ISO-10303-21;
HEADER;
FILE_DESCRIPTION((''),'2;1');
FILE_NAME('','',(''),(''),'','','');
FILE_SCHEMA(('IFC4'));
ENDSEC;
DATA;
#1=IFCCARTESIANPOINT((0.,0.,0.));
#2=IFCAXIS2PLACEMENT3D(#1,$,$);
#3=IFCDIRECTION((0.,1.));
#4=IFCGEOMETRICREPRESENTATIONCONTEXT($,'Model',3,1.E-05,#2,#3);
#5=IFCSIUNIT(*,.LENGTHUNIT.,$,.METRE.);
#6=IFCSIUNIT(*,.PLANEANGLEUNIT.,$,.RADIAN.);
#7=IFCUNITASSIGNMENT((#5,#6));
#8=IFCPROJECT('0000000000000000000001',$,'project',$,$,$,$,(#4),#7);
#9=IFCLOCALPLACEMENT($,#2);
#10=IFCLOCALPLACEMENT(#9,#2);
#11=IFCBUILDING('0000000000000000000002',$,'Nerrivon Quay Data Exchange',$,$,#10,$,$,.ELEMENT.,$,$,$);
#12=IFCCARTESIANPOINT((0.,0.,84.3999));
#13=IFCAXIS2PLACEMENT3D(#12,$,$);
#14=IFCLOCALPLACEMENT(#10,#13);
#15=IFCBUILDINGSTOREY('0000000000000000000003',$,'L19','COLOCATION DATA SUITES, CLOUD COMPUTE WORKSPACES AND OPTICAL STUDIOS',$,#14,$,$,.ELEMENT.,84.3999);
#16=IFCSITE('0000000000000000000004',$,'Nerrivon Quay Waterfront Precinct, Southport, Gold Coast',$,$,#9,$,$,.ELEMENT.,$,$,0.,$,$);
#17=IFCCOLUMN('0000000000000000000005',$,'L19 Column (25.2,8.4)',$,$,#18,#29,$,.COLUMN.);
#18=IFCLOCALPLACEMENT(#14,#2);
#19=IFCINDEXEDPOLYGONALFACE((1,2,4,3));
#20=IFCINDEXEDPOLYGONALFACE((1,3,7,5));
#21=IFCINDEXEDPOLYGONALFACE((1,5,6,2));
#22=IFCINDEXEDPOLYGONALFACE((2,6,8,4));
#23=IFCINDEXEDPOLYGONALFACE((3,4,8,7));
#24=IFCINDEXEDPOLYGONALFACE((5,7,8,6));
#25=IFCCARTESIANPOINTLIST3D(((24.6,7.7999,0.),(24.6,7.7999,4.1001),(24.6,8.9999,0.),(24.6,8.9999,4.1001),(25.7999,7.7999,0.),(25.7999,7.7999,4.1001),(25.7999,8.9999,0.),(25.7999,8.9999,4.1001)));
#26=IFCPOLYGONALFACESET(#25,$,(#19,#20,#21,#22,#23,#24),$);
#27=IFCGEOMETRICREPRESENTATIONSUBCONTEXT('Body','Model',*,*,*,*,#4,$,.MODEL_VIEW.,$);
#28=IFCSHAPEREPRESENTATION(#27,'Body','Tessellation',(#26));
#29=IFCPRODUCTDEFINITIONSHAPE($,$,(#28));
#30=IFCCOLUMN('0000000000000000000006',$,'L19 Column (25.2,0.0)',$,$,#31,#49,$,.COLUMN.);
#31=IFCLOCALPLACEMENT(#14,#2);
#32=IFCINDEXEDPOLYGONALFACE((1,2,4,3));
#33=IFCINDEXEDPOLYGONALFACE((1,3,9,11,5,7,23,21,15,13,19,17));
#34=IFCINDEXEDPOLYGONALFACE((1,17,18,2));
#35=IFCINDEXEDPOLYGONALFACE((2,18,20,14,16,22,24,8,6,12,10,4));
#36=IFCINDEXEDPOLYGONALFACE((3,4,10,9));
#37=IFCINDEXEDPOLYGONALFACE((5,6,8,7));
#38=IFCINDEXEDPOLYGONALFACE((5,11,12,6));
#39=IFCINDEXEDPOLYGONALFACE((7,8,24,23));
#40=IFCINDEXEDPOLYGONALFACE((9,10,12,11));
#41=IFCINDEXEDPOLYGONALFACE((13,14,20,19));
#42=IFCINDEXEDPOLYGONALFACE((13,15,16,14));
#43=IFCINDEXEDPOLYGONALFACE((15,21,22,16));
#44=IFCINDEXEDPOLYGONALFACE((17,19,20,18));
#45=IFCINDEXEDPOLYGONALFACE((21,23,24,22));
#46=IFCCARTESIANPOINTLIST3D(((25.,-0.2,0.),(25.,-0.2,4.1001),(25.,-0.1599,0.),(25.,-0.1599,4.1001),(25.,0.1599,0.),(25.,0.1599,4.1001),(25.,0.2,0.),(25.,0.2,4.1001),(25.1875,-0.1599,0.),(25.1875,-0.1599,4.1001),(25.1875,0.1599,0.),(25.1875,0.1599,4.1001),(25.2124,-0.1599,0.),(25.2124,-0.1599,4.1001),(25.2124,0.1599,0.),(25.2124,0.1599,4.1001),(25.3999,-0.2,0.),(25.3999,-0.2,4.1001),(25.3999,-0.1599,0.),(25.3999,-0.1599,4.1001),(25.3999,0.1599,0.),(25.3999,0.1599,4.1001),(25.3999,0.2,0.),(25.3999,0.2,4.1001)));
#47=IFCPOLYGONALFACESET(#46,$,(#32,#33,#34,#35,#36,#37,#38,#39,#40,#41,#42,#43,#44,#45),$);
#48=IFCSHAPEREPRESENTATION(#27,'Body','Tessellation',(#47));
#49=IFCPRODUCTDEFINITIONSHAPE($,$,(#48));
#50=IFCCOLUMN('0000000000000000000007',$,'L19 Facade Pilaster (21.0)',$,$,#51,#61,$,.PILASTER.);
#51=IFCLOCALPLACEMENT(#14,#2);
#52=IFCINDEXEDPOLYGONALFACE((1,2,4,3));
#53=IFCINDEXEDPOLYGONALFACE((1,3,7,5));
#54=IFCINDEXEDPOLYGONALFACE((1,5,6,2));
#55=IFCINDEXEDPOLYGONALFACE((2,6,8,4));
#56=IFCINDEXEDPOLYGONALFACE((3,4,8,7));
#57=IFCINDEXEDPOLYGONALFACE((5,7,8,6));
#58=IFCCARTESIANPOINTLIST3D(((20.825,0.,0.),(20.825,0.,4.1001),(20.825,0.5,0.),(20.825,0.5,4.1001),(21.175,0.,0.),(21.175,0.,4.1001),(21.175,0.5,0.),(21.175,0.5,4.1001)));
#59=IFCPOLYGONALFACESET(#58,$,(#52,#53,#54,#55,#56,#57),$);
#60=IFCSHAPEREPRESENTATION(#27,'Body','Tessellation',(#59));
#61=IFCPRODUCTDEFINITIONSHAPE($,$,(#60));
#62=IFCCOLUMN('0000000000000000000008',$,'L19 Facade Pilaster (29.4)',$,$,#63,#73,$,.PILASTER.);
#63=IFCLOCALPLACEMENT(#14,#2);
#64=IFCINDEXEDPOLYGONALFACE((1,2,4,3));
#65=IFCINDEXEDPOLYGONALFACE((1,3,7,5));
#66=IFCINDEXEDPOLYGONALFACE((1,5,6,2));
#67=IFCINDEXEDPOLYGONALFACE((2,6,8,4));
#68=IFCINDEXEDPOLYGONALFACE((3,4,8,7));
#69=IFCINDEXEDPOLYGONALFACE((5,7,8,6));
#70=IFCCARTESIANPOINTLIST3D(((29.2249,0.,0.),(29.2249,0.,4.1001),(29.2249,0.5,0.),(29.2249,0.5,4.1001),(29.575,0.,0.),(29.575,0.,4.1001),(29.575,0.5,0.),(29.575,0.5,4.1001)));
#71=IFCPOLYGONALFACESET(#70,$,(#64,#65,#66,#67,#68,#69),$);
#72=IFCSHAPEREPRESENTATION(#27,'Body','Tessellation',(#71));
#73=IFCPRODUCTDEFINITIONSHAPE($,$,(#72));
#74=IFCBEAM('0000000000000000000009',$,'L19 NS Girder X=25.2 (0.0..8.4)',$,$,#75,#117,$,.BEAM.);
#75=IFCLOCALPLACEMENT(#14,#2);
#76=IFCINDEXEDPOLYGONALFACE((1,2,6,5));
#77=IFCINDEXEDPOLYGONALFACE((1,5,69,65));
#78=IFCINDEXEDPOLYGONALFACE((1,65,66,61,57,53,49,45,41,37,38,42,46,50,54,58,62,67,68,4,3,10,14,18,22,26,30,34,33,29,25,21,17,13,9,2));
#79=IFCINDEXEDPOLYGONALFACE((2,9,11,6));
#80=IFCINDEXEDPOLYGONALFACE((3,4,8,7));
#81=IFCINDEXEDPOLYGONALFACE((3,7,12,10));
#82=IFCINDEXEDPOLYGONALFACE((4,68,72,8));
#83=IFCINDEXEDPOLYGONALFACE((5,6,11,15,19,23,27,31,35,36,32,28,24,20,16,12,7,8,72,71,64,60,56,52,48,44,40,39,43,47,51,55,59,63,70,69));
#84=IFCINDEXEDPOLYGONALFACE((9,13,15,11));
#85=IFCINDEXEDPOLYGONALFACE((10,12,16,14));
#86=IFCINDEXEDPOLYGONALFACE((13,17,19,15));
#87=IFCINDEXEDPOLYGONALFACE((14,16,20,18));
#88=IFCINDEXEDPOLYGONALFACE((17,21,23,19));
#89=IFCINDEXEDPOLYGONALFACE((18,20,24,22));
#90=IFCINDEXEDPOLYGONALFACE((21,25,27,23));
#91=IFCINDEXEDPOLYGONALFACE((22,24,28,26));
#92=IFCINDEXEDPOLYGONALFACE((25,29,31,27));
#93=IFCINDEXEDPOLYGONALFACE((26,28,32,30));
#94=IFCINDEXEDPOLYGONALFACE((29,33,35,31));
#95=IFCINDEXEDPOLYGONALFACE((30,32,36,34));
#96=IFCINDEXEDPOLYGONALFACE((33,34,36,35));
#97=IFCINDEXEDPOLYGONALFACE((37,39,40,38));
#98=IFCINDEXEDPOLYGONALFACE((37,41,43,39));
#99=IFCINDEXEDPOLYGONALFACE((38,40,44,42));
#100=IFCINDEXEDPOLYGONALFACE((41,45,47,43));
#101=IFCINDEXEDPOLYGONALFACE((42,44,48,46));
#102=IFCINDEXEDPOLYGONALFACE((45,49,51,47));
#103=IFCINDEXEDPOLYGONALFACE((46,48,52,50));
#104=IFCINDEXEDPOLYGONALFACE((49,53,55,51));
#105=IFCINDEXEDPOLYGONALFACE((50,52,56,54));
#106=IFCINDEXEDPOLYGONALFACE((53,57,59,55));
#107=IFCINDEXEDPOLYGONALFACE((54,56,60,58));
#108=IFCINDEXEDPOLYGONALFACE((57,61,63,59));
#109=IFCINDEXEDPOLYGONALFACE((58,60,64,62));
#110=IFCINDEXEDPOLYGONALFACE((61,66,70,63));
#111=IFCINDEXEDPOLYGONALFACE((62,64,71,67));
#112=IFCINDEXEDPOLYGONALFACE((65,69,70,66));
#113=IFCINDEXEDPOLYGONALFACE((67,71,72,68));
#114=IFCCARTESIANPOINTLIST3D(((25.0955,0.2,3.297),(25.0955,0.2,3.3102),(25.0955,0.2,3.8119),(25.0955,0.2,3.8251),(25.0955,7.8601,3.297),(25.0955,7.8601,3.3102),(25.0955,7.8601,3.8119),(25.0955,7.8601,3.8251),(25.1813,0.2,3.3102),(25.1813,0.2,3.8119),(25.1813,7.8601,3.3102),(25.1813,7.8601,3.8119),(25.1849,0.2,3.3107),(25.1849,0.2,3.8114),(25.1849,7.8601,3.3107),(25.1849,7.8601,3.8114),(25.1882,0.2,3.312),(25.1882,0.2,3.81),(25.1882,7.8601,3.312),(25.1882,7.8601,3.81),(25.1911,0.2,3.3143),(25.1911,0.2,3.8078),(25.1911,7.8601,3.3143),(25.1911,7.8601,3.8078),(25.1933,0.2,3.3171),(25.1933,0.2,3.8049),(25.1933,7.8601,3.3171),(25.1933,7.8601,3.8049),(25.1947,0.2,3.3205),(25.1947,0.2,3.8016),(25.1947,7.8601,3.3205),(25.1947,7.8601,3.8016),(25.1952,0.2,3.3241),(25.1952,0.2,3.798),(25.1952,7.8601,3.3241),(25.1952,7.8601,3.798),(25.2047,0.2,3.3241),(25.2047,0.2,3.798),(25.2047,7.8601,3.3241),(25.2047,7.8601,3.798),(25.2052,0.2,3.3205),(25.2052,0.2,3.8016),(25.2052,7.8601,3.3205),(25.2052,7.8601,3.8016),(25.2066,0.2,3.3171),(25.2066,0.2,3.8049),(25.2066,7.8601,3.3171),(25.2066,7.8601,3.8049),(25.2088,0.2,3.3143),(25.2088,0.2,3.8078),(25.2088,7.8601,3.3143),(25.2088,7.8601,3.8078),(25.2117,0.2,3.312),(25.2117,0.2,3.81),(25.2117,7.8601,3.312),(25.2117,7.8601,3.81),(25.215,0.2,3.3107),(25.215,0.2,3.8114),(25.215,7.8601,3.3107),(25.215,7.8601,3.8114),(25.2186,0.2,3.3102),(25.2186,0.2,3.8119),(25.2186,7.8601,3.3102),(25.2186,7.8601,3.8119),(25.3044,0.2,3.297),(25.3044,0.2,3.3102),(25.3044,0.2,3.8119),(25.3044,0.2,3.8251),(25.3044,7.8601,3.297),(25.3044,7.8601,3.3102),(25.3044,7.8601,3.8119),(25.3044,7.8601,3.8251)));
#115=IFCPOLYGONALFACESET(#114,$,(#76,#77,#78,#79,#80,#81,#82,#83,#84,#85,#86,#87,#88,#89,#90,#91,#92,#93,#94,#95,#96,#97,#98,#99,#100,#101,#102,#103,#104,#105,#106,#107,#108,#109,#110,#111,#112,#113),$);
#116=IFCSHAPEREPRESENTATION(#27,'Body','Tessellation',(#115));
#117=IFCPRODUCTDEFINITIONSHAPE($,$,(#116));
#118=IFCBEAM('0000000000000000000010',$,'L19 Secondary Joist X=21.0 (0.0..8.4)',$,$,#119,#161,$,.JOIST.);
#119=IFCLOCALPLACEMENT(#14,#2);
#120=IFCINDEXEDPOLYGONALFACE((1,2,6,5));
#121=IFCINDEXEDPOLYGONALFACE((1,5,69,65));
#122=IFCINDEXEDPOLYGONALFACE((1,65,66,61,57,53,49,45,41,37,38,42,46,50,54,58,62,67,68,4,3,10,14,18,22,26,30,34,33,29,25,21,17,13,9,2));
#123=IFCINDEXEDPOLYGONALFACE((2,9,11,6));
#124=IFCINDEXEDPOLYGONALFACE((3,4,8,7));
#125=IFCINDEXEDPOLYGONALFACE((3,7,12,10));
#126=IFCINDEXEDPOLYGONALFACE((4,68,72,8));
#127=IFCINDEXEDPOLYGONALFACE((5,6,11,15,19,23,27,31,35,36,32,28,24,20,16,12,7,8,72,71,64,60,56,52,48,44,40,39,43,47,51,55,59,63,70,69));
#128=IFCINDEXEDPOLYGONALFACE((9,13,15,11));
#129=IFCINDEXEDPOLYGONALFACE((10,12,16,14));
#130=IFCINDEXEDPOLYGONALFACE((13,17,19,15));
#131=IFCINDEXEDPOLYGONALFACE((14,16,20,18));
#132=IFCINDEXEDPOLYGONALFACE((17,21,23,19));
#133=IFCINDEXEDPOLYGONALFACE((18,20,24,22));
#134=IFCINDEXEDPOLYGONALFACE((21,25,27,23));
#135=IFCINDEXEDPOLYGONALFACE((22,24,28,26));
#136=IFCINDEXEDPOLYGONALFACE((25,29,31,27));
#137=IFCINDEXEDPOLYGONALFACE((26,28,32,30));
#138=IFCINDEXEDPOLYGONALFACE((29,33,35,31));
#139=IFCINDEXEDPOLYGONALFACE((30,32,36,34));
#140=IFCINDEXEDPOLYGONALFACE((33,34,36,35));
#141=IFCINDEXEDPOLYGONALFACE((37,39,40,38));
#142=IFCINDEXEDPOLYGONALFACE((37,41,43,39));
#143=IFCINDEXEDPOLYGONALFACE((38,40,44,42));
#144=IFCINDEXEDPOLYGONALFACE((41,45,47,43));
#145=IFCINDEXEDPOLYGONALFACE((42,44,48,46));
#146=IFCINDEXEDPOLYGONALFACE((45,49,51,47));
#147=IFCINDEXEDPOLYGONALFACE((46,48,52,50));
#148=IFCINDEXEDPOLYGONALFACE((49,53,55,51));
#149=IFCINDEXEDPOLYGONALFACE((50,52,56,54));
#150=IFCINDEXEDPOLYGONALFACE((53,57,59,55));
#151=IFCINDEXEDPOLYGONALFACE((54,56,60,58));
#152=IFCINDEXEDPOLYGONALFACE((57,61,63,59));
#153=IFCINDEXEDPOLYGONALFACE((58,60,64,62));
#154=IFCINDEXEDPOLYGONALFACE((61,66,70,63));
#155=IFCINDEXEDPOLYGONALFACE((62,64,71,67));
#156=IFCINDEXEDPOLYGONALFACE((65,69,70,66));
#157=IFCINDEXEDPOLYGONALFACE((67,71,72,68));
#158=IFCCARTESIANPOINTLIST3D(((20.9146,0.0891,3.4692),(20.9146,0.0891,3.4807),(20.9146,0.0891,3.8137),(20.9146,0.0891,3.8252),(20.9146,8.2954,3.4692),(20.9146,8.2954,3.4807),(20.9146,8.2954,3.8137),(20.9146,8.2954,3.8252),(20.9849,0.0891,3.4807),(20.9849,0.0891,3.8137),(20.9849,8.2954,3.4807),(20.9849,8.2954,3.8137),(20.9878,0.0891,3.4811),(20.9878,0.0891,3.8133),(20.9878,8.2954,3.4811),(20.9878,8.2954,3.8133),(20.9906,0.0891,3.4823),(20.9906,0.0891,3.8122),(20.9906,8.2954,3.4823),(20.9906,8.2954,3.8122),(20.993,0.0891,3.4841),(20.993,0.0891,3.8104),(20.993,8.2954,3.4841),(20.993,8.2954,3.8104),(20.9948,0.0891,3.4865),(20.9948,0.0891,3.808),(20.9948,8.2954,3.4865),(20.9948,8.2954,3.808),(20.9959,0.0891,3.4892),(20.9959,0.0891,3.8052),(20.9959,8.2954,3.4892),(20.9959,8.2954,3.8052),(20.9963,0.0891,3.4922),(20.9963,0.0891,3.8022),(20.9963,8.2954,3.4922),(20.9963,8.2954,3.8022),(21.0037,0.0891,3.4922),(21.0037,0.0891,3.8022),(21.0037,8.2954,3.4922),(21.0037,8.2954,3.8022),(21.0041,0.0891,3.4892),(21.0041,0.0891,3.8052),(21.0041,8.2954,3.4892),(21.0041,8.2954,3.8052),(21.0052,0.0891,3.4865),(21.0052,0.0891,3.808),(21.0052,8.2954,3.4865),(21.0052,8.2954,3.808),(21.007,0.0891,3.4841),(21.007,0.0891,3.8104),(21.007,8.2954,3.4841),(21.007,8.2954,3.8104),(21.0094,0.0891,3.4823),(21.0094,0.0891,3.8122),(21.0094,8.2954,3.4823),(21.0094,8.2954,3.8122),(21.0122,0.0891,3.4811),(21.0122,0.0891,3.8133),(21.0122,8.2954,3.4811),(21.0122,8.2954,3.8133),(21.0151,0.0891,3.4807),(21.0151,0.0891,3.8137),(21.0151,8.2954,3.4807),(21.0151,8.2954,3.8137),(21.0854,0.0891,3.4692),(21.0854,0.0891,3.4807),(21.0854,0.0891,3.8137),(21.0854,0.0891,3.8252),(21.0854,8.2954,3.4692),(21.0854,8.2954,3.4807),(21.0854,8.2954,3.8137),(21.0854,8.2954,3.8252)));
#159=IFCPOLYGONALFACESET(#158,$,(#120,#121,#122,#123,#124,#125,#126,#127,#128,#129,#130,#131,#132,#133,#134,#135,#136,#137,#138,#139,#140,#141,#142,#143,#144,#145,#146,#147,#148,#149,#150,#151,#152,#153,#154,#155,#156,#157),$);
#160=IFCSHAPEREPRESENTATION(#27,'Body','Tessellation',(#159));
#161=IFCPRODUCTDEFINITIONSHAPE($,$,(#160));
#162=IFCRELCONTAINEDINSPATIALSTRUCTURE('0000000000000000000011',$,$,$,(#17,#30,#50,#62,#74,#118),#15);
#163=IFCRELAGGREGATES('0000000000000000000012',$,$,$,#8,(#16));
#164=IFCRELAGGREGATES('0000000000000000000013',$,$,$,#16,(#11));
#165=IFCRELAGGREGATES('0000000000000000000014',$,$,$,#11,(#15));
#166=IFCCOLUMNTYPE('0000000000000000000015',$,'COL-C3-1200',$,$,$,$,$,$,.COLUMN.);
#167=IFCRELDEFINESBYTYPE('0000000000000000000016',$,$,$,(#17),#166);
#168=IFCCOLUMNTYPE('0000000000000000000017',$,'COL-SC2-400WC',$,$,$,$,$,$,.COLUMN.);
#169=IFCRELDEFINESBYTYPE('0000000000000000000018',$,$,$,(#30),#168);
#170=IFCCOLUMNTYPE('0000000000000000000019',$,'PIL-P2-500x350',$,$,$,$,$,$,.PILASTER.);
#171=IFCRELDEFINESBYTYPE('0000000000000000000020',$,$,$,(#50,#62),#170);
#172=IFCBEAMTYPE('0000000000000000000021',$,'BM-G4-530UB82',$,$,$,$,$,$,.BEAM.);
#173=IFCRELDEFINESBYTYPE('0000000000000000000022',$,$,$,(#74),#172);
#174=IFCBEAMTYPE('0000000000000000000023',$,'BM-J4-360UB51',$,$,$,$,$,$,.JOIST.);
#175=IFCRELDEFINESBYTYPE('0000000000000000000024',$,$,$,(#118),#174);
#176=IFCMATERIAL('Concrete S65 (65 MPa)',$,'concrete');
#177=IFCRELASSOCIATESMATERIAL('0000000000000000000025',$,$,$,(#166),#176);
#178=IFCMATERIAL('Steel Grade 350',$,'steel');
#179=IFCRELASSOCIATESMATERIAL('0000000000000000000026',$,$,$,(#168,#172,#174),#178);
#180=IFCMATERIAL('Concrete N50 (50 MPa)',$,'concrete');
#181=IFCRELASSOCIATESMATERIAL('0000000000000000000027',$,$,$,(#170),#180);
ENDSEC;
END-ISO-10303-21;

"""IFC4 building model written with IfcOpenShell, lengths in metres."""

from ifc_helpers import new_model, si_unit, direction, frame, origin, origin_2d, place, context, subcontext, project, spatial, rectangle, i_section, extrude, material, material_profile, profile_set, type_object, element, save


model = new_model("IFC4")

# Units and contexts
model_context = context("Model", 3, precision=1e-05, world=origin(), true_north=direction((0.0, 1.0)))
body_context = subcontext(model_context, "Body", "Model", "MODEL_VIEW")
ifc_project = project(units=[si_unit("LENGTHUNIT", "METRE"), si_unit("PLANEANGLEUNIT", "RADIAN")], contexts=[model_context])

# Site, building, storey
site_placement = place(None, origin())
site = spatial("IfcSite", under=ifc_project, at=site_placement, Name="Nerrivon Quay Waterfront Precinct, Southport, Gold Coast", CompositionType="ELEMENT", RefElevation=0.0)
building_placement = place(site_placement, origin())
building = spatial("IfcBuilding", under=site, at=building_placement, Name="Nerrivon Quay Data Exchange", CompositionType="ELEMENT")
storey_placement = place(building_placement, frame((0.0, 0.0, 84.3999)))
storey = spatial("IfcBuildingStorey", under=building, at=storey_placement, Name="L19", Description="COLOCATION DATA SUITES, CLOUD COMPUTE WORKSPACES AND OPTICAL STUDIOS", CompositionType="ELEMENT", Elevation=84.3999)

# Columns
ifc_material_1 = material(Name="Concrete S65 (65 MPa)", Category="concrete")
ifc_material_profile_1 = material_profile(ifc_material_1, rectangle(XDim=1.2, YDim=1.2, at=origin_2d()), Name="RC-COL-1200x1200")
ifc_profile_set_1 = profile_set([ifc_material_profile_1], Name="Concrete S65 (65 MPa)")
column_type_1 = type_object("IfcColumnType", Name="COL-C3-1200", PredefinedType="COLUMN", material=ifc_profile_set_1)
column_1_placement = place(storey_placement, frame((25.2, 8.3999, 0.0), z_axis=(0.0, 0.0, 1.0), x_axis=(1.0, 0.0, 0.0)))
element("IfcColumn", 1, at=column_1_placement, inside=storey, type_object=column_type_1, Name="L19 Column (25.2,8.4)", PredefinedType="COLUMN", context=body_context, shape_type="SweptSolid", body=[
    extrude(rectangle(XDim=1.2, YDim=1.2, at=origin_2d()), origin(), (0.0, 0.0, 1.0), 4.1001),
])
ifc_material_2 = material(Name="Steel Grade 350", Category="steel")
ifc_material_profile_2 = material_profile(ifc_material_2, i_section(OverallWidth=0.3999, OverallDepth=0.3999, WebThickness=0.0249, FlangeThickness=0.04, at=origin_2d()), Name="400WC328")
ifc_profile_set_2 = profile_set([ifc_material_profile_2], Name="Steel Grade 350")
column_type_2 = type_object("IfcColumnType", Name="COL-SC2-400WC", PredefinedType="COLUMN", material=ifc_profile_set_2)
column_2_placement = place(storey_placement, frame((25.2, 0.0, 0.0), z_axis=(0.0, 0.0, 1.0), x_axis=(1.0, 0.0, 0.0)))
element("IfcColumn", 2, at=column_2_placement, inside=storey, type_object=column_type_2, Name="L19 Column (25.2,0.0)", PredefinedType="COLUMN", context=body_context, shape_type="SweptSolid", body=[
    extrude(i_section(OverallWidth=0.3999, OverallDepth=0.3999, WebThickness=0.0249, FlangeThickness=0.04, at=origin_2d()), origin(), (0.0, 0.0, 1.0), 4.1001),
])
ifc_material_3 = material(Name="Concrete N50 (50 MPa)", Category="concrete")
ifc_material_profile_3 = material_profile(ifc_material_3, rectangle(XDim=0.3501, YDim=0.5, at=origin_2d()), Name="RC-PIL-500x350")
ifc_profile_set_3 = profile_set([ifc_material_profile_3], Name="Concrete N50 (50 MPa)")
column_type_3 = type_object("IfcColumnType", Name="PIL-P2-500x350", PredefinedType="PILASTER", material=ifc_profile_set_3)
for number, where, z_axis, x_axis, name in (
    (3, (21.0, 0.25, 0.0), (0.0, 0.0, 1.0), (1.0, 0.0, 0.0), "L19 Facade Pilaster (21.0)"),
    (4, (29.3999, 0.25, 0.0), (0.0, 0.0, 1.0), (1.0, 0.0, 0.0), "L19 Facade Pilaster (29.4)"),
):
    element("IfcColumn", number, at=place(storey_placement, frame(where, z_axis=z_axis, x_axis=x_axis)), inside=storey, type_object=column_type_3, Name=name, PredefinedType="PILASTER", context=body_context, shape_type="SweptSolid", body=[
        extrude(rectangle(XDim=0.3501, YDim=0.5, at=origin_2d()), origin(), (0.0, 0.0, 1.0), 4.1001),
    ])

# Beams
ifc_material_profile_4 = material_profile(ifc_material_2, i_section(OverallWidth=0.209, OverallDepth=0.5281, WebThickness=0.0095, FlangeThickness=0.0132, FilletRadius=0.0139, at=origin_2d()), Name="530UB82.0")
ifc_profile_set_4 = profile_set([ifc_material_profile_4], Name="Steel Grade 350")
beam_type_1 = type_object("IfcBeamType", Name="BM-G4-530UB82", PredefinedType="BEAM", material=ifc_profile_set_4)
beam_1_placement = place(storey_placement, frame((25.2, 0.2, 3.561), z_axis=(0.0, 1.0, 0.0), x_axis=(-1.0, 0.0, 0.0)))
element("IfcBeam", 5, at=beam_1_placement, inside=storey, type_object=beam_type_1, Name="L19 NS Girder X=25.2 (0.0..8.4)", PredefinedType="BEAM", context=body_context, shape_type="SweptSolid", body=[
    extrude(i_section(OverallWidth=0.209, OverallDepth=0.5281, WebThickness=0.0095, FlangeThickness=0.0132, FilletRadius=0.0139, at=origin_2d()), origin(), (0.0, 0.0, 1.0), 7.6602),
])
ifc_material_profile_5 = material_profile(ifc_material_2, i_section(OverallWidth=0.1709, OverallDepth=0.356, WebThickness=0.0073, FlangeThickness=0.0115, FilletRadius=0.0115, at=origin_2d()), Name="360UB50.7")
ifc_profile_set_5 = profile_set([ifc_material_profile_5], Name="Steel Grade 350")
beam_type_2 = type_object("IfcBeamType", Name="BM-J4-360UB51", PredefinedType="JOIST", material=ifc_profile_set_5)
for number, where, z_axis, x_axis, name in (
    (6, (21.0, 0.0891, 3.6472), (0.0, 1.0, 0.0), (-1.0, 0.0, 0.0), "L19 Secondary Joist X=21.0 (0.0..8.4)"),
):
    element("IfcBeam", number, at=place(storey_placement, frame(where, z_axis=z_axis, x_axis=x_axis)), inside=storey, type_object=beam_type_2, Name=name, PredefinedType="JOIST", context=body_context, shape_type="SweptSolid", body=[
        extrude(i_section(OverallWidth=0.1709, OverallDepth=0.356, WebThickness=0.0073, FlangeThickness=0.0115, FilletRadius=0.0115, at=origin_2d()), origin(), (0.0, 0.0, 1.0), 8.2063),
    ])

save(model, "model.ifc")
